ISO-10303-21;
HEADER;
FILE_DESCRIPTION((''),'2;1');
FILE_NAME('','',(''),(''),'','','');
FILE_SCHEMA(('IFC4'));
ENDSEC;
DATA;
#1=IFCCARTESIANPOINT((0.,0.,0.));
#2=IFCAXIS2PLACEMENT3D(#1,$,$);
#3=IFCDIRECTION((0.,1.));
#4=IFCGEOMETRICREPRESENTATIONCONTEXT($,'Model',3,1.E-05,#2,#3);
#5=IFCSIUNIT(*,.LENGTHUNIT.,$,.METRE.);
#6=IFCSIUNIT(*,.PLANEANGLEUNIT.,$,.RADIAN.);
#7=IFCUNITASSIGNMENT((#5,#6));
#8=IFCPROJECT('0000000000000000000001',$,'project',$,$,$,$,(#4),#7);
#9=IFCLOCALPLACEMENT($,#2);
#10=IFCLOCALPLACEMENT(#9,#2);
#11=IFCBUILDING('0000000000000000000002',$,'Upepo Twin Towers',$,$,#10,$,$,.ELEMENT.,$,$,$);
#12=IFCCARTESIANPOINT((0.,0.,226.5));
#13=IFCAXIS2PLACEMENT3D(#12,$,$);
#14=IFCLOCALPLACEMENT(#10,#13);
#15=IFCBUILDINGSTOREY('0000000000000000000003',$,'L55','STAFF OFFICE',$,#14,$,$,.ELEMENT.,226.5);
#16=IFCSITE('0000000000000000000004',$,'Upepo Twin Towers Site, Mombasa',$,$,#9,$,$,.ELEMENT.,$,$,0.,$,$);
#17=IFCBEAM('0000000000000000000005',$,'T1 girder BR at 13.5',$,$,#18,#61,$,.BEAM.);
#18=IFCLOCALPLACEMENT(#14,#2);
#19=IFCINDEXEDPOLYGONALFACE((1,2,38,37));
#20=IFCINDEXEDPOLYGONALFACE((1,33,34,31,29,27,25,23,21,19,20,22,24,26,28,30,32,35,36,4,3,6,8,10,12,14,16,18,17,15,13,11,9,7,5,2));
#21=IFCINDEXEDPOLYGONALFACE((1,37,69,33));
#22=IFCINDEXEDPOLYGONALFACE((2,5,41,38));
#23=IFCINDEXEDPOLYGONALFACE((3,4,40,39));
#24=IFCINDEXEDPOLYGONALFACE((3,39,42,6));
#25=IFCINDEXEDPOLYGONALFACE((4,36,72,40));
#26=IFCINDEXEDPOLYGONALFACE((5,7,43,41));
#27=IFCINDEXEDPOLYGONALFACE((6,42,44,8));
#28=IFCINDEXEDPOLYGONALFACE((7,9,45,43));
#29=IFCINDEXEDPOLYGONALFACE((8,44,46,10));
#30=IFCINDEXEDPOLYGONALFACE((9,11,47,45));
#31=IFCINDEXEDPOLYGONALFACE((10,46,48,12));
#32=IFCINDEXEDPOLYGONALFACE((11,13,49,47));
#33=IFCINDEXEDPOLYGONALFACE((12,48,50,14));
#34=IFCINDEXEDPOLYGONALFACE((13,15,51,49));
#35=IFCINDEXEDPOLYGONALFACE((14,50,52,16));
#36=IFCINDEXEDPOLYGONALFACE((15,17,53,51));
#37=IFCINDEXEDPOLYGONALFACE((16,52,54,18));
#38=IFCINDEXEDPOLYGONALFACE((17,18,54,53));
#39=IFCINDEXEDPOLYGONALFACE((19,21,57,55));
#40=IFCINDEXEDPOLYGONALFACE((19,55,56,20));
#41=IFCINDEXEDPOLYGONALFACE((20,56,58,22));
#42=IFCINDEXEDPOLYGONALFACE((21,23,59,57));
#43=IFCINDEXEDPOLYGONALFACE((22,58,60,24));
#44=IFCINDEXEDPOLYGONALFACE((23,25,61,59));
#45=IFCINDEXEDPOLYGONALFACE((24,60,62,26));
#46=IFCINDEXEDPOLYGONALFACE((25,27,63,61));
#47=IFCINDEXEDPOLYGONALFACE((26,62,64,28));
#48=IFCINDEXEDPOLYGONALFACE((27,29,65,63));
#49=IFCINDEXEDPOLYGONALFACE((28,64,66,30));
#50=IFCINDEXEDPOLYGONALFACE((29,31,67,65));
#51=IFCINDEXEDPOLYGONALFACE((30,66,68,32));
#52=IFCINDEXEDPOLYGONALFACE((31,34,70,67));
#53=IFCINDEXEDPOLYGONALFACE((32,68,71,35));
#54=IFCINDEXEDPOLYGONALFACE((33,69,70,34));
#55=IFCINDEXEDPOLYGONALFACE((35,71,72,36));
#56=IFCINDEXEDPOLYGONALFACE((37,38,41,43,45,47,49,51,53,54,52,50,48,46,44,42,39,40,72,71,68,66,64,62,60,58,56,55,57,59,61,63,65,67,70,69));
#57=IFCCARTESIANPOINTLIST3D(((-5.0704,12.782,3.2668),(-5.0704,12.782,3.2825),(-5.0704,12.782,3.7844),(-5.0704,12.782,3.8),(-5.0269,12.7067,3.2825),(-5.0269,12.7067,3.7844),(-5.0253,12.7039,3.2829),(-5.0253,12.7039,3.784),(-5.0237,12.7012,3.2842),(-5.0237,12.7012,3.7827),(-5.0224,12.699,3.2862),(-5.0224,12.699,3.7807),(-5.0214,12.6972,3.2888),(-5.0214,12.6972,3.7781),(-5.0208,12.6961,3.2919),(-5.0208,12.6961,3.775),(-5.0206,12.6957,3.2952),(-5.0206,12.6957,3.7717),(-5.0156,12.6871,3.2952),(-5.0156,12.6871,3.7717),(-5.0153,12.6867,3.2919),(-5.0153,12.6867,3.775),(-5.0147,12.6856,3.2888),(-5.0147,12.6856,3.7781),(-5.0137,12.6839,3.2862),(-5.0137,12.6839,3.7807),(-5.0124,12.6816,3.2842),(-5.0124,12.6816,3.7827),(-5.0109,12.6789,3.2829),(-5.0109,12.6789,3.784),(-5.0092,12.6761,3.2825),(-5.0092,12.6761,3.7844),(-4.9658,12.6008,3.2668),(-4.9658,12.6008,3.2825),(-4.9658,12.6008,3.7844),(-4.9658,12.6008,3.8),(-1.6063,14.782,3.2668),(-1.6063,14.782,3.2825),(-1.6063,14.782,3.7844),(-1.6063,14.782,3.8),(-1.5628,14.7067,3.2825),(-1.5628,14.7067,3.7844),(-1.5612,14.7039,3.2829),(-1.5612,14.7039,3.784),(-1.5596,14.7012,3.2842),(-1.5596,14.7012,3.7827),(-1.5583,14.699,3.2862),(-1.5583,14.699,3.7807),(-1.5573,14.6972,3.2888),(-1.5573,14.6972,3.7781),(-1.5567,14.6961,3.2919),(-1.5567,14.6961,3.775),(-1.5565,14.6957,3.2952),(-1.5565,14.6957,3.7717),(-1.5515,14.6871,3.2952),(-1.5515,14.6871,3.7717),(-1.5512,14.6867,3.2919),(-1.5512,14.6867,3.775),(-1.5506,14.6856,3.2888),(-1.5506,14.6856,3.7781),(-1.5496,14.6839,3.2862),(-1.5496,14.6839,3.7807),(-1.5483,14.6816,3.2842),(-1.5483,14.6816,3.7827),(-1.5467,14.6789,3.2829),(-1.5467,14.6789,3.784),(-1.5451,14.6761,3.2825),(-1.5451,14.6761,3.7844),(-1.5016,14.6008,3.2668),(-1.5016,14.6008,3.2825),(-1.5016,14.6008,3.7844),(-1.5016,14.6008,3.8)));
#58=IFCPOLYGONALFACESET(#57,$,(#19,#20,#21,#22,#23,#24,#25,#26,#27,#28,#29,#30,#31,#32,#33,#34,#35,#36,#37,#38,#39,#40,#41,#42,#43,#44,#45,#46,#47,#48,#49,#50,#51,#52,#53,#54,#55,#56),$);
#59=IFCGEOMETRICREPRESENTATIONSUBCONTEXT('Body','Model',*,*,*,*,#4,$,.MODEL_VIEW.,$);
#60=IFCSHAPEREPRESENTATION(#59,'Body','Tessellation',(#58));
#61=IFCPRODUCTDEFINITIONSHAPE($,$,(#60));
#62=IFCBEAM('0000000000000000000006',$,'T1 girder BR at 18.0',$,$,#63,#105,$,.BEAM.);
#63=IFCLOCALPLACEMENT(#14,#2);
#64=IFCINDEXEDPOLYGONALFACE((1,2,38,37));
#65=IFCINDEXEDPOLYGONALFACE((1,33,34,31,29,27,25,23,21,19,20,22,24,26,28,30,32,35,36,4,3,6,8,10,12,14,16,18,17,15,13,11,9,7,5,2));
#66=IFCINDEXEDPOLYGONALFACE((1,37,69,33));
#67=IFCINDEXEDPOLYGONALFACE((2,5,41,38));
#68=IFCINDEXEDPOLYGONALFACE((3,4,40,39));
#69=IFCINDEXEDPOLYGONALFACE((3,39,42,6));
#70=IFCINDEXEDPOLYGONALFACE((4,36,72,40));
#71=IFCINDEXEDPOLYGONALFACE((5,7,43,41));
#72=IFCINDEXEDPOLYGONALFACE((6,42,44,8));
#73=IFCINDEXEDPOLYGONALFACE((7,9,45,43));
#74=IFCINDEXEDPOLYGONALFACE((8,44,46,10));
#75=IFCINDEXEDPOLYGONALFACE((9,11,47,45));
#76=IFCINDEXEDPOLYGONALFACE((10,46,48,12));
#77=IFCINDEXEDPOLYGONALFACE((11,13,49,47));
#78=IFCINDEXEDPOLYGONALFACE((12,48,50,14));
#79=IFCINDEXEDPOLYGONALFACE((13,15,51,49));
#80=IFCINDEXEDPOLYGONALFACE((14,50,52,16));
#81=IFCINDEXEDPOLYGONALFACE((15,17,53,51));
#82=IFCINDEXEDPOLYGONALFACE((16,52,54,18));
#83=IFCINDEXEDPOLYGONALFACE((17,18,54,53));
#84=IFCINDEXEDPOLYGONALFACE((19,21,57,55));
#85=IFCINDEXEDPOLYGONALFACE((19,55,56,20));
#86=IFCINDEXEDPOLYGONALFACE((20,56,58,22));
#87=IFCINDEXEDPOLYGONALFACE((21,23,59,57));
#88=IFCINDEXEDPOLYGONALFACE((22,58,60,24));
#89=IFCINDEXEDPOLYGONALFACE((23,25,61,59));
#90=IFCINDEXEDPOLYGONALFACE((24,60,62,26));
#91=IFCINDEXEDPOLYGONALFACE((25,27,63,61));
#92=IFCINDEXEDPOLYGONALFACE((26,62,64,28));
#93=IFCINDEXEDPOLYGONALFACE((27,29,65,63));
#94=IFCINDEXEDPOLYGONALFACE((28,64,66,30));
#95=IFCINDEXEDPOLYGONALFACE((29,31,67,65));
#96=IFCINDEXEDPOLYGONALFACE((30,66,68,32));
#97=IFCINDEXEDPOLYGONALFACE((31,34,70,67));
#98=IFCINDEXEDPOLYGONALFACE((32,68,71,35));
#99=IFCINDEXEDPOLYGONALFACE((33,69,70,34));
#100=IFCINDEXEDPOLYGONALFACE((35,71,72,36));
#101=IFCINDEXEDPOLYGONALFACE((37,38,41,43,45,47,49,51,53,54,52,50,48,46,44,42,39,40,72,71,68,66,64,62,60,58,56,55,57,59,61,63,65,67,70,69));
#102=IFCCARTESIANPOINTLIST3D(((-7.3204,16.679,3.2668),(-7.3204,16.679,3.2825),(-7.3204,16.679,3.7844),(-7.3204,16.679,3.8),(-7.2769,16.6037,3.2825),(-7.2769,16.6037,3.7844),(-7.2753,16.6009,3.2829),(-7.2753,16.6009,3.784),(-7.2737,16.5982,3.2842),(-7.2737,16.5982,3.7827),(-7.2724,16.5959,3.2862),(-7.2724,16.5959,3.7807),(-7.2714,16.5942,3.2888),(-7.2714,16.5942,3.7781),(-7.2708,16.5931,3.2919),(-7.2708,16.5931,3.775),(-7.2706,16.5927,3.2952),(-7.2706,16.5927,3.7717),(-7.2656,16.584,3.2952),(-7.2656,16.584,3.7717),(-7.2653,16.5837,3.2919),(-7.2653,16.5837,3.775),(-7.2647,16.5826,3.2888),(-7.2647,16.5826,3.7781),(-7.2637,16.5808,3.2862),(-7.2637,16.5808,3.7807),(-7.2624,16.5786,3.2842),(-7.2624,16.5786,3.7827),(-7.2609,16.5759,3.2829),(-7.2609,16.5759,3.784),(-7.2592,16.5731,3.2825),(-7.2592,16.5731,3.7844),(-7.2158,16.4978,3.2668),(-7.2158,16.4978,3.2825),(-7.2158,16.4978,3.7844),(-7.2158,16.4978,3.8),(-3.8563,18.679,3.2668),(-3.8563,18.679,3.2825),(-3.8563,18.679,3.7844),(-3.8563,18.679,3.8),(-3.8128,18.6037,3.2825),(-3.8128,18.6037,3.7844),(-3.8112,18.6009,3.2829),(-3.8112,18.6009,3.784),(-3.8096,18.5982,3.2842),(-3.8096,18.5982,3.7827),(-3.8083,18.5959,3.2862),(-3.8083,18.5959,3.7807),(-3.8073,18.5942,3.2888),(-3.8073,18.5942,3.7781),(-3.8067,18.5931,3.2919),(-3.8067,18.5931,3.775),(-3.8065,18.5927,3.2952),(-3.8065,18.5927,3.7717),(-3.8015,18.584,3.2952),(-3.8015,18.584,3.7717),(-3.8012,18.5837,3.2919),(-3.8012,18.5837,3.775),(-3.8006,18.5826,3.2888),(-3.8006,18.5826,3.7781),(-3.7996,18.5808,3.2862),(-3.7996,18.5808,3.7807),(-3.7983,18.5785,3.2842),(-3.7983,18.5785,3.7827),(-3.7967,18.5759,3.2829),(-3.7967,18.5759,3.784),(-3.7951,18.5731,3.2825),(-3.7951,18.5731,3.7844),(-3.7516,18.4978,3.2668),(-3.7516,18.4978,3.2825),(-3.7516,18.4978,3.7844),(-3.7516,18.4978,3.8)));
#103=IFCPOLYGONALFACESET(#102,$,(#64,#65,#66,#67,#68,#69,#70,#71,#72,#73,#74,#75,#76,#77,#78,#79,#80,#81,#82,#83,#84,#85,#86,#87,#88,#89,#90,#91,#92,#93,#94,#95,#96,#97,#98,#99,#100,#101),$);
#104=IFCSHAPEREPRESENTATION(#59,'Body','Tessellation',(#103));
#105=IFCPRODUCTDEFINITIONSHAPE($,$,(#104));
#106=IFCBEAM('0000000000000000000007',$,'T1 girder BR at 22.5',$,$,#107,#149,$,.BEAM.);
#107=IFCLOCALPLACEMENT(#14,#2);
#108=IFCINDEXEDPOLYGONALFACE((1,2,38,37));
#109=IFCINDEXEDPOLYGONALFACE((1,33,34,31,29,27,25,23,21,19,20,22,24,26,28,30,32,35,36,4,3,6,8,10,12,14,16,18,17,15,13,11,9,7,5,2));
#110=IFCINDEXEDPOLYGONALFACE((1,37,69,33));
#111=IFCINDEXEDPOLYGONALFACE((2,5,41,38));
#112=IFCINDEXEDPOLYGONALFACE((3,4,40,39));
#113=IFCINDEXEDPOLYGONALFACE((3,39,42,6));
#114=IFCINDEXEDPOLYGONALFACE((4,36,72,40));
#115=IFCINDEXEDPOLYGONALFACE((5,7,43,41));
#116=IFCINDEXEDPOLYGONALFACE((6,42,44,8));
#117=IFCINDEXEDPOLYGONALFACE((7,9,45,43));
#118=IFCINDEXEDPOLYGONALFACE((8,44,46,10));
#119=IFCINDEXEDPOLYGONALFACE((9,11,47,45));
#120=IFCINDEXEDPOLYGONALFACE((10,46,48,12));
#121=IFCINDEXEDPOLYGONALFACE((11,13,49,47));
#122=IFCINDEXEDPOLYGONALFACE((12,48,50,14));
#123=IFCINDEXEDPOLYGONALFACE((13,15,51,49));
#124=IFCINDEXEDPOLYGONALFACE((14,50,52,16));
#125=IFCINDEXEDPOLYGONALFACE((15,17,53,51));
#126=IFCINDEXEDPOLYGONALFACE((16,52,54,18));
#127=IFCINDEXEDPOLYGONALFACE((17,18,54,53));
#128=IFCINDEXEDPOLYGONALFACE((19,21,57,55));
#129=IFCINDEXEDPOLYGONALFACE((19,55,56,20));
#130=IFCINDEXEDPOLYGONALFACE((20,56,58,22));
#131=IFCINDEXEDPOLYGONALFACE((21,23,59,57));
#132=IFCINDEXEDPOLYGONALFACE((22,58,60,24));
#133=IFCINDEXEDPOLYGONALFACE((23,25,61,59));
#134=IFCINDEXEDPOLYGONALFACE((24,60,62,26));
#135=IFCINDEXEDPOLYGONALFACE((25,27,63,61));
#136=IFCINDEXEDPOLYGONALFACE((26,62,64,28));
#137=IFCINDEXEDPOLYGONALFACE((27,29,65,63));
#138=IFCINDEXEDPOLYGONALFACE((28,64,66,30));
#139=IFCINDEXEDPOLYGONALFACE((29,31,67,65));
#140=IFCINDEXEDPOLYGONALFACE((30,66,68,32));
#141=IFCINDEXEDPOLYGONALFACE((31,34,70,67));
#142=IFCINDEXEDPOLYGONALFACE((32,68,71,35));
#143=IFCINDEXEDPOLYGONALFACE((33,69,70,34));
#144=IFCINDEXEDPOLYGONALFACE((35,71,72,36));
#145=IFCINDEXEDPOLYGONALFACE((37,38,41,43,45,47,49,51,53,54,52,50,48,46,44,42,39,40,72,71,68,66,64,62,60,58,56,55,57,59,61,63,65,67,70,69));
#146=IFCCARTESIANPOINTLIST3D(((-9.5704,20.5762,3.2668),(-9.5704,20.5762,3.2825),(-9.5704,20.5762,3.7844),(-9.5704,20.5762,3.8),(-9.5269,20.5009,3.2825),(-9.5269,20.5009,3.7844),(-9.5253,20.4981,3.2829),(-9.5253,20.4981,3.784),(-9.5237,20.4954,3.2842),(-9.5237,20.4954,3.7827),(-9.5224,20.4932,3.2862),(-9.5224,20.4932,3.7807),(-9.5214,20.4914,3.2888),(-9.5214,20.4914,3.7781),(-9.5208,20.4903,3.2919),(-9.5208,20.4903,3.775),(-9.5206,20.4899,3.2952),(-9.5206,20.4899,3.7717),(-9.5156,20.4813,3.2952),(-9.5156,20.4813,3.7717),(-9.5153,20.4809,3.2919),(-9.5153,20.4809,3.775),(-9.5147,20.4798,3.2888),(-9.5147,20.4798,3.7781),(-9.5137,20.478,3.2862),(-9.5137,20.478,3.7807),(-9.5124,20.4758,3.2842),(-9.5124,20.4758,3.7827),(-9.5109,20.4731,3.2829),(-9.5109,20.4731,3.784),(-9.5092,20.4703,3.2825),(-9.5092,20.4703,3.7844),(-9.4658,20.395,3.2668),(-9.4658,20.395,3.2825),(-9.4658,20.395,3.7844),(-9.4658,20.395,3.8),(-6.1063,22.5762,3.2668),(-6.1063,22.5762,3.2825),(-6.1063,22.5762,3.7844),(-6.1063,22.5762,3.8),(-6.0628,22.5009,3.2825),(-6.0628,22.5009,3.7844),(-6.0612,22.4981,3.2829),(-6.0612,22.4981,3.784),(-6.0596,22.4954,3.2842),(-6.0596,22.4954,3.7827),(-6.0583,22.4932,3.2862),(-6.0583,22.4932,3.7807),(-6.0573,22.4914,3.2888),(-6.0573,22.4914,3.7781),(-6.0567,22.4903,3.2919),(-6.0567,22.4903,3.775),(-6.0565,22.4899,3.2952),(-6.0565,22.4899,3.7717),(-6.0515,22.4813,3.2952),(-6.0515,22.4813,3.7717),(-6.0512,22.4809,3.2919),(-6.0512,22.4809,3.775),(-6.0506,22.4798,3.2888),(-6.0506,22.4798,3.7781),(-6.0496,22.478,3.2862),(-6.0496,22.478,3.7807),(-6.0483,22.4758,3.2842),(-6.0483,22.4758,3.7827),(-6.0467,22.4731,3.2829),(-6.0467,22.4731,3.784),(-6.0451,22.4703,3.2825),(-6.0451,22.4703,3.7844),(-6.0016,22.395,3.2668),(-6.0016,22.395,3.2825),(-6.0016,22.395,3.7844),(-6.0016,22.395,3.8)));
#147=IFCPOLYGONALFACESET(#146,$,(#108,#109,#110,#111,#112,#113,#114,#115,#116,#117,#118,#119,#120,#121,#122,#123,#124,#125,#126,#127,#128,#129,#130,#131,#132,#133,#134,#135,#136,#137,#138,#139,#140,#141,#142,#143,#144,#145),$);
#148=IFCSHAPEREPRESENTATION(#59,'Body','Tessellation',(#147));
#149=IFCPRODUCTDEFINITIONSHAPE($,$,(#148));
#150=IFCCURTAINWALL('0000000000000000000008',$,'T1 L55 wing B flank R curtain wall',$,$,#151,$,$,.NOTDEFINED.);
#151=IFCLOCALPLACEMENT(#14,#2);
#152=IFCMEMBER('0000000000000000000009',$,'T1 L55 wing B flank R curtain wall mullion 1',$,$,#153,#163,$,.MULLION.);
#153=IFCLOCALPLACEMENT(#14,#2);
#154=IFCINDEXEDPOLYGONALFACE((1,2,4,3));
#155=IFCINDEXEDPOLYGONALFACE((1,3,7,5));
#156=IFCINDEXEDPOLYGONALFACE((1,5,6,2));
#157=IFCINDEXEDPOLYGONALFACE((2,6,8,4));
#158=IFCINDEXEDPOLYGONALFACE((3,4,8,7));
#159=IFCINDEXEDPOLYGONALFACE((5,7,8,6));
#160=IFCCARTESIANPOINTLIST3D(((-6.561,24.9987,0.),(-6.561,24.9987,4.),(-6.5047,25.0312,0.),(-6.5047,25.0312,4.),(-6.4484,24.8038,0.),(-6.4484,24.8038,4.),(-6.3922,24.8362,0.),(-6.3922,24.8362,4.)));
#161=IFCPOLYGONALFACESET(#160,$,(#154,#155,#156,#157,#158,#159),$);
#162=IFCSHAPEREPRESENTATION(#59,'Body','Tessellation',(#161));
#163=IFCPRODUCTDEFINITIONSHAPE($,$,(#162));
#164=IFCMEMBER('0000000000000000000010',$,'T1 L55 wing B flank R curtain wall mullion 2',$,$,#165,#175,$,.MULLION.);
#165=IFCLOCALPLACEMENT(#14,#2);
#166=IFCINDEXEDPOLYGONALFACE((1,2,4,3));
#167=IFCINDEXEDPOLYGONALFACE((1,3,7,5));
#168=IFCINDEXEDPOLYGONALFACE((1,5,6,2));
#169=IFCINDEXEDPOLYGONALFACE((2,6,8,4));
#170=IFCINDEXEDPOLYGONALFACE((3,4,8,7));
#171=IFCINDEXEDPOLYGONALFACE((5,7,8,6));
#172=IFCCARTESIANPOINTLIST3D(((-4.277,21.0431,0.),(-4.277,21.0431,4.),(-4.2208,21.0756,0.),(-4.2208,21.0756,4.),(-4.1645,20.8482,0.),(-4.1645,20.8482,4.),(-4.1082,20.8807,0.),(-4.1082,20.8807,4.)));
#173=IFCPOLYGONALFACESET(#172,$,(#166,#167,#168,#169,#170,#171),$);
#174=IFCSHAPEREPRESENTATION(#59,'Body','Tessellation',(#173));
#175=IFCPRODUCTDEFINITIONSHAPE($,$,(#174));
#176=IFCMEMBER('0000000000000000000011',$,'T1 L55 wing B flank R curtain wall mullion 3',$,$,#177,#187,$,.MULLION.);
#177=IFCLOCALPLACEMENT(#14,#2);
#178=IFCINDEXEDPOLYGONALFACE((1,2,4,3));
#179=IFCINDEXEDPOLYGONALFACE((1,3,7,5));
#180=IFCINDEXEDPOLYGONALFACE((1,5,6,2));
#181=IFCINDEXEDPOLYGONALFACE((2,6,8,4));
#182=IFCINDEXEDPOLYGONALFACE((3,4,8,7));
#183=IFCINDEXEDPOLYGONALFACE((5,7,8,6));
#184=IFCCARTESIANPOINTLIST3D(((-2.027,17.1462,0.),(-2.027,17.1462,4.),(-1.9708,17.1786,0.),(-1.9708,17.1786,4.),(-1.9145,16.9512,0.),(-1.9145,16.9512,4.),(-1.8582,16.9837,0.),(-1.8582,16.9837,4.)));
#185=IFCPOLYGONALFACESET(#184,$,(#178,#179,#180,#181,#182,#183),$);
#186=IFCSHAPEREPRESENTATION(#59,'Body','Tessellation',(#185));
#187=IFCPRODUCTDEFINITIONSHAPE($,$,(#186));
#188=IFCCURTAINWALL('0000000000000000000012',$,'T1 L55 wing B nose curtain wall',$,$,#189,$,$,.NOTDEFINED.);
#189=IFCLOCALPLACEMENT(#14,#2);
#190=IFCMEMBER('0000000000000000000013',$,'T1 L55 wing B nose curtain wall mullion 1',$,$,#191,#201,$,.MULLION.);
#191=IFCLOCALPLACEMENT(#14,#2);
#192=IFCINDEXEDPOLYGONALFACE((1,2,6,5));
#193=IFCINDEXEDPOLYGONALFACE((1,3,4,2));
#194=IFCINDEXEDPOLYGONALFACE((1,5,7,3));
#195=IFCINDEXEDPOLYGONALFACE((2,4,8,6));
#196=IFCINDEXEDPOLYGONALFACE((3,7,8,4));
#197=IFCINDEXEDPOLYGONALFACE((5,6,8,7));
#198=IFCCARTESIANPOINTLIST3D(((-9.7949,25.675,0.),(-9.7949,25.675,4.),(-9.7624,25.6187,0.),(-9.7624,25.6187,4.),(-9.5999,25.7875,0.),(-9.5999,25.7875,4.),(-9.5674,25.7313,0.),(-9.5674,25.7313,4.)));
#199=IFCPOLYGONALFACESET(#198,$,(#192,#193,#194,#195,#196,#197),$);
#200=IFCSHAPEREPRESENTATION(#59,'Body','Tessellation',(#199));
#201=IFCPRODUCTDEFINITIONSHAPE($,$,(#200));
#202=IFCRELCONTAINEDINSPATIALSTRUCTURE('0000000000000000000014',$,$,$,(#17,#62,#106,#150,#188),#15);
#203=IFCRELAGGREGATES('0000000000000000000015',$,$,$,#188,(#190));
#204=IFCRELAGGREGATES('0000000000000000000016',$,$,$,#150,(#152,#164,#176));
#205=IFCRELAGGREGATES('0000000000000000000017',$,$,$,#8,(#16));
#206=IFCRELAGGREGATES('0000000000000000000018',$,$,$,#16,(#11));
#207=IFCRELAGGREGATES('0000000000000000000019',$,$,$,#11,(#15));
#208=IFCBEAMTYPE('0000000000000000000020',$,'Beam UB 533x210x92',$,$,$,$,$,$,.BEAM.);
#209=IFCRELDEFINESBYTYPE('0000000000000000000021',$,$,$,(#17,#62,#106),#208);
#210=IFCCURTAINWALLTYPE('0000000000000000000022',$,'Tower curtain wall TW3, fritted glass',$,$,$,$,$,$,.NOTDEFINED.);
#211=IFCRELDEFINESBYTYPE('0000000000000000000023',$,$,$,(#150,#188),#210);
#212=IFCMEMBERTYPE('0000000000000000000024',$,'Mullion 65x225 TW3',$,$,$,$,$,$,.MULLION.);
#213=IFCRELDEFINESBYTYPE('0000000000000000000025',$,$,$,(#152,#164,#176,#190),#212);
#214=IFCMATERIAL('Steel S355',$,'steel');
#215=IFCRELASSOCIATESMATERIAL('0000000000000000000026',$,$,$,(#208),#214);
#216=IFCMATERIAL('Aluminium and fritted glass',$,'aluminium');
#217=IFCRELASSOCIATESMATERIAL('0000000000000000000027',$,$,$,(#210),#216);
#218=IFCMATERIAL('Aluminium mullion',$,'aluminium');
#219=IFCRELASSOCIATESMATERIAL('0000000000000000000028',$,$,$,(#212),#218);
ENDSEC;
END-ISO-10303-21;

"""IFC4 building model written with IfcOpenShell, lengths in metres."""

from ifc_helpers import new_model, si_unit, direction, frame, origin, origin_2d, place, context, subcontext, project, spatial, rectangle, i_section, extrude, material, material_profile, profile_set, type_object, element, aggregate, save


model = new_model("IFC4")

# Units and contexts
model_context = context("Model", 3, precision=1e-05, world=origin(), true_north=direction((0.0, 1.0)))
body_context = subcontext(model_context, "Body", "Model", "MODEL_VIEW")
ifc_project = project(units=[si_unit("LENGTHUNIT", "METRE"), si_unit("PLANEANGLEUNIT", "RADIAN")], contexts=[model_context])

# Site, building, storey
site_placement = place(None, origin())
site = spatial("IfcSite", under=ifc_project, at=site_placement, Name="Upepo Twin Towers Site, Mombasa", CompositionType="ELEMENT", RefElevation=0.0)
building_placement = place(site_placement, origin())
building = spatial("IfcBuilding", under=site, at=building_placement, Name="Upepo Twin Towers", CompositionType="ELEMENT")
storey_placement = place(building_placement, frame((0.0, 0.0, 226.5)))
storey = spatial("IfcBuildingStorey", under=building, at=storey_placement, Name="L55", Description="STAFF OFFICE", CompositionType="ELEMENT", Elevation=226.5)

# Beams
ifc_material_1 = material(Name="Steel S355", Category="steel")
ifc_material_profile_1 = material_profile(ifc_material_1, i_section(OverallWidth=0.2092, OverallDepth=0.5332, WebThickness=0.01, FlangeThickness=0.0156, FilletRadius=0.0127, at=origin_2d()), Name="UB 533x210x92")
ifc_profile_set_1 = profile_set([ifc_material_profile_1], Name="Steel S355")
beam_type_1 = type_object("IfcBeamType", Name="Beam UB 533x210x92", PredefinedType="BEAM", material=ifc_profile_set_1)
for number, where, z_axis, x_axis, name in (
    (1, (-1.554, 14.6914, 3.5334), (-0.866026, -0.499999, 0.0), (0.499999, -0.866026, 0.0), "T1 girder BR at 13.5"),
    (2, (-3.804, 18.5884, 3.5334), (-0.866026, -0.499999, 0.0), (0.499999, -0.866026, 0.0), "T1 girder BR at 18.0"),
    (3, (-6.054, 22.4856, 3.5334), (-0.866026, -0.499999, 0.0), (0.499999, -0.866026, 0.0), "T1 girder BR at 22.5"),
):
    element("IfcBeam", number, at=place(storey_placement, frame(where, z_axis=z_axis, x_axis=x_axis)), inside=storey, type_object=beam_type_1, Name=name, PredefinedType="BEAM", context=body_context, shape_type="SweptSolid", body=[
        extrude(i_section(OverallWidth=0.2092, OverallDepth=0.5332, WebThickness=0.01, FlangeThickness=0.0156, FilletRadius=0.0127, at=origin_2d()), origin(), (0.0, 0.0, 1.0), 4.0),
    ])

# Curtain wall, members
ifc_material_2 = material(Name="Aluminium and fritted glass", Category="aluminium")
curtain_wall_type = type_object("IfcCurtainWallType", Name="Tower curtain wall TW3, fritted glass", PredefinedType="NOTDEFINED", material=ifc_material_2)
curtain_wall_1_placement = place(storey_placement, origin())
curtain_wall_1 = element("IfcCurtainWall", 4, at=curtain_wall_1_placement, inside=storey, type_object=curtain_wall_type, Name="T1 L55 wing B flank R curtain wall", PredefinedType="NOTDEFINED")
ifc_material_3 = material(Name="Aluminium mullion", Category="aluminium")
ifc_material_profile_2 = material_profile(ifc_material_3, rectangle(XDim=0.0649, YDim=0.2251, at=origin_2d()), Name="MULLION 65x225")
ifc_profile_set_2 = profile_set([ifc_material_profile_2], Name="Aluminium mullion")
member_type_1 = type_object("IfcMemberType", Name="Mullion 65x225 TW3", PredefinedType="MULLION", material=ifc_profile_set_2)
member_1_placement = place(storey_placement, frame((-6.4766, 24.9175, 0.0), z_axis=(0.0, 0.0, 1.0), x_axis=(0.866025, 0.5, 0.0)))
member_1 = element("IfcMember", 5, at=member_1_placement, type_object=member_type_1, Name="T1 L55 wing B flank R curtain wall mullion 1", PredefinedType="MULLION", context=body_context, shape_type="SweptSolid", body=[
    extrude(rectangle(XDim=0.0649, YDim=0.2251, at=origin_2d()), origin(), (0.0, 0.0, 1.0), 4.0),
])
member_2_placement = place(storey_placement, frame((-4.1926, 20.9619, 0.0), z_axis=(0.0, 0.0, 1.0), x_axis=(0.866025, 0.5, 0.0)))
member_2 = element("IfcMember", 6, at=member_2_placement, type_object=member_type_1, Name="T1 L55 wing B flank R curtain wall mullion 2", PredefinedType="MULLION", context=body_context, shape_type="SweptSolid", body=[
    extrude(rectangle(XDim=0.0649, YDim=0.2251, at=origin_2d()), origin(), (0.0, 0.0, 1.0), 4.0),
])
member_3_placement = place(storey_placement, frame((-1.9426, 17.0649, 0.0), z_axis=(0.0, 0.0, 1.0), x_axis=(0.866025, 0.5, 0.0)))
member_3 = element("IfcMember", 7, at=member_3_placement, type_object=member_type_1, Name="T1 L55 wing B flank R curtain wall mullion 3", PredefinedType="MULLION", context=body_context, shape_type="SweptSolid", body=[
    extrude(rectangle(XDim=0.0649, YDim=0.2251, at=origin_2d()), origin(), (0.0, 0.0, 1.0), 4.0),
])

# Curtain wall, member
curtain_wall_2_placement = place(storey_placement, origin())
curtain_wall_2 = element("IfcCurtainWall", 8, at=curtain_wall_2_placement, inside=storey, type_object=curtain_wall_type, Name="T1 L55 wing B nose curtain wall", PredefinedType="NOTDEFINED")
member_4_placement = place(storey_placement, frame((-9.6812, 25.7031, 0.0), z_axis=(0.0, 0.0, 1.0), x_axis=(0.5, -0.866025, 0.0)))
member_4 = element("IfcMember", 9, at=member_4_placement, type_object=member_type_1, Name="T1 L55 wing B nose curtain wall mullion 1", PredefinedType="MULLION", context=body_context, shape_type="SweptSolid", body=[
    extrude(rectangle(XDim=0.0649, YDim=0.2251, at=origin_2d()), origin(), (0.0, 0.0, 1.0), 4.0),
])
aggregate(curtain_wall_2, [member_4])

aggregate(curtain_wall_1, [member_1, member_2, member_3])

save(model, "model.ifc")
